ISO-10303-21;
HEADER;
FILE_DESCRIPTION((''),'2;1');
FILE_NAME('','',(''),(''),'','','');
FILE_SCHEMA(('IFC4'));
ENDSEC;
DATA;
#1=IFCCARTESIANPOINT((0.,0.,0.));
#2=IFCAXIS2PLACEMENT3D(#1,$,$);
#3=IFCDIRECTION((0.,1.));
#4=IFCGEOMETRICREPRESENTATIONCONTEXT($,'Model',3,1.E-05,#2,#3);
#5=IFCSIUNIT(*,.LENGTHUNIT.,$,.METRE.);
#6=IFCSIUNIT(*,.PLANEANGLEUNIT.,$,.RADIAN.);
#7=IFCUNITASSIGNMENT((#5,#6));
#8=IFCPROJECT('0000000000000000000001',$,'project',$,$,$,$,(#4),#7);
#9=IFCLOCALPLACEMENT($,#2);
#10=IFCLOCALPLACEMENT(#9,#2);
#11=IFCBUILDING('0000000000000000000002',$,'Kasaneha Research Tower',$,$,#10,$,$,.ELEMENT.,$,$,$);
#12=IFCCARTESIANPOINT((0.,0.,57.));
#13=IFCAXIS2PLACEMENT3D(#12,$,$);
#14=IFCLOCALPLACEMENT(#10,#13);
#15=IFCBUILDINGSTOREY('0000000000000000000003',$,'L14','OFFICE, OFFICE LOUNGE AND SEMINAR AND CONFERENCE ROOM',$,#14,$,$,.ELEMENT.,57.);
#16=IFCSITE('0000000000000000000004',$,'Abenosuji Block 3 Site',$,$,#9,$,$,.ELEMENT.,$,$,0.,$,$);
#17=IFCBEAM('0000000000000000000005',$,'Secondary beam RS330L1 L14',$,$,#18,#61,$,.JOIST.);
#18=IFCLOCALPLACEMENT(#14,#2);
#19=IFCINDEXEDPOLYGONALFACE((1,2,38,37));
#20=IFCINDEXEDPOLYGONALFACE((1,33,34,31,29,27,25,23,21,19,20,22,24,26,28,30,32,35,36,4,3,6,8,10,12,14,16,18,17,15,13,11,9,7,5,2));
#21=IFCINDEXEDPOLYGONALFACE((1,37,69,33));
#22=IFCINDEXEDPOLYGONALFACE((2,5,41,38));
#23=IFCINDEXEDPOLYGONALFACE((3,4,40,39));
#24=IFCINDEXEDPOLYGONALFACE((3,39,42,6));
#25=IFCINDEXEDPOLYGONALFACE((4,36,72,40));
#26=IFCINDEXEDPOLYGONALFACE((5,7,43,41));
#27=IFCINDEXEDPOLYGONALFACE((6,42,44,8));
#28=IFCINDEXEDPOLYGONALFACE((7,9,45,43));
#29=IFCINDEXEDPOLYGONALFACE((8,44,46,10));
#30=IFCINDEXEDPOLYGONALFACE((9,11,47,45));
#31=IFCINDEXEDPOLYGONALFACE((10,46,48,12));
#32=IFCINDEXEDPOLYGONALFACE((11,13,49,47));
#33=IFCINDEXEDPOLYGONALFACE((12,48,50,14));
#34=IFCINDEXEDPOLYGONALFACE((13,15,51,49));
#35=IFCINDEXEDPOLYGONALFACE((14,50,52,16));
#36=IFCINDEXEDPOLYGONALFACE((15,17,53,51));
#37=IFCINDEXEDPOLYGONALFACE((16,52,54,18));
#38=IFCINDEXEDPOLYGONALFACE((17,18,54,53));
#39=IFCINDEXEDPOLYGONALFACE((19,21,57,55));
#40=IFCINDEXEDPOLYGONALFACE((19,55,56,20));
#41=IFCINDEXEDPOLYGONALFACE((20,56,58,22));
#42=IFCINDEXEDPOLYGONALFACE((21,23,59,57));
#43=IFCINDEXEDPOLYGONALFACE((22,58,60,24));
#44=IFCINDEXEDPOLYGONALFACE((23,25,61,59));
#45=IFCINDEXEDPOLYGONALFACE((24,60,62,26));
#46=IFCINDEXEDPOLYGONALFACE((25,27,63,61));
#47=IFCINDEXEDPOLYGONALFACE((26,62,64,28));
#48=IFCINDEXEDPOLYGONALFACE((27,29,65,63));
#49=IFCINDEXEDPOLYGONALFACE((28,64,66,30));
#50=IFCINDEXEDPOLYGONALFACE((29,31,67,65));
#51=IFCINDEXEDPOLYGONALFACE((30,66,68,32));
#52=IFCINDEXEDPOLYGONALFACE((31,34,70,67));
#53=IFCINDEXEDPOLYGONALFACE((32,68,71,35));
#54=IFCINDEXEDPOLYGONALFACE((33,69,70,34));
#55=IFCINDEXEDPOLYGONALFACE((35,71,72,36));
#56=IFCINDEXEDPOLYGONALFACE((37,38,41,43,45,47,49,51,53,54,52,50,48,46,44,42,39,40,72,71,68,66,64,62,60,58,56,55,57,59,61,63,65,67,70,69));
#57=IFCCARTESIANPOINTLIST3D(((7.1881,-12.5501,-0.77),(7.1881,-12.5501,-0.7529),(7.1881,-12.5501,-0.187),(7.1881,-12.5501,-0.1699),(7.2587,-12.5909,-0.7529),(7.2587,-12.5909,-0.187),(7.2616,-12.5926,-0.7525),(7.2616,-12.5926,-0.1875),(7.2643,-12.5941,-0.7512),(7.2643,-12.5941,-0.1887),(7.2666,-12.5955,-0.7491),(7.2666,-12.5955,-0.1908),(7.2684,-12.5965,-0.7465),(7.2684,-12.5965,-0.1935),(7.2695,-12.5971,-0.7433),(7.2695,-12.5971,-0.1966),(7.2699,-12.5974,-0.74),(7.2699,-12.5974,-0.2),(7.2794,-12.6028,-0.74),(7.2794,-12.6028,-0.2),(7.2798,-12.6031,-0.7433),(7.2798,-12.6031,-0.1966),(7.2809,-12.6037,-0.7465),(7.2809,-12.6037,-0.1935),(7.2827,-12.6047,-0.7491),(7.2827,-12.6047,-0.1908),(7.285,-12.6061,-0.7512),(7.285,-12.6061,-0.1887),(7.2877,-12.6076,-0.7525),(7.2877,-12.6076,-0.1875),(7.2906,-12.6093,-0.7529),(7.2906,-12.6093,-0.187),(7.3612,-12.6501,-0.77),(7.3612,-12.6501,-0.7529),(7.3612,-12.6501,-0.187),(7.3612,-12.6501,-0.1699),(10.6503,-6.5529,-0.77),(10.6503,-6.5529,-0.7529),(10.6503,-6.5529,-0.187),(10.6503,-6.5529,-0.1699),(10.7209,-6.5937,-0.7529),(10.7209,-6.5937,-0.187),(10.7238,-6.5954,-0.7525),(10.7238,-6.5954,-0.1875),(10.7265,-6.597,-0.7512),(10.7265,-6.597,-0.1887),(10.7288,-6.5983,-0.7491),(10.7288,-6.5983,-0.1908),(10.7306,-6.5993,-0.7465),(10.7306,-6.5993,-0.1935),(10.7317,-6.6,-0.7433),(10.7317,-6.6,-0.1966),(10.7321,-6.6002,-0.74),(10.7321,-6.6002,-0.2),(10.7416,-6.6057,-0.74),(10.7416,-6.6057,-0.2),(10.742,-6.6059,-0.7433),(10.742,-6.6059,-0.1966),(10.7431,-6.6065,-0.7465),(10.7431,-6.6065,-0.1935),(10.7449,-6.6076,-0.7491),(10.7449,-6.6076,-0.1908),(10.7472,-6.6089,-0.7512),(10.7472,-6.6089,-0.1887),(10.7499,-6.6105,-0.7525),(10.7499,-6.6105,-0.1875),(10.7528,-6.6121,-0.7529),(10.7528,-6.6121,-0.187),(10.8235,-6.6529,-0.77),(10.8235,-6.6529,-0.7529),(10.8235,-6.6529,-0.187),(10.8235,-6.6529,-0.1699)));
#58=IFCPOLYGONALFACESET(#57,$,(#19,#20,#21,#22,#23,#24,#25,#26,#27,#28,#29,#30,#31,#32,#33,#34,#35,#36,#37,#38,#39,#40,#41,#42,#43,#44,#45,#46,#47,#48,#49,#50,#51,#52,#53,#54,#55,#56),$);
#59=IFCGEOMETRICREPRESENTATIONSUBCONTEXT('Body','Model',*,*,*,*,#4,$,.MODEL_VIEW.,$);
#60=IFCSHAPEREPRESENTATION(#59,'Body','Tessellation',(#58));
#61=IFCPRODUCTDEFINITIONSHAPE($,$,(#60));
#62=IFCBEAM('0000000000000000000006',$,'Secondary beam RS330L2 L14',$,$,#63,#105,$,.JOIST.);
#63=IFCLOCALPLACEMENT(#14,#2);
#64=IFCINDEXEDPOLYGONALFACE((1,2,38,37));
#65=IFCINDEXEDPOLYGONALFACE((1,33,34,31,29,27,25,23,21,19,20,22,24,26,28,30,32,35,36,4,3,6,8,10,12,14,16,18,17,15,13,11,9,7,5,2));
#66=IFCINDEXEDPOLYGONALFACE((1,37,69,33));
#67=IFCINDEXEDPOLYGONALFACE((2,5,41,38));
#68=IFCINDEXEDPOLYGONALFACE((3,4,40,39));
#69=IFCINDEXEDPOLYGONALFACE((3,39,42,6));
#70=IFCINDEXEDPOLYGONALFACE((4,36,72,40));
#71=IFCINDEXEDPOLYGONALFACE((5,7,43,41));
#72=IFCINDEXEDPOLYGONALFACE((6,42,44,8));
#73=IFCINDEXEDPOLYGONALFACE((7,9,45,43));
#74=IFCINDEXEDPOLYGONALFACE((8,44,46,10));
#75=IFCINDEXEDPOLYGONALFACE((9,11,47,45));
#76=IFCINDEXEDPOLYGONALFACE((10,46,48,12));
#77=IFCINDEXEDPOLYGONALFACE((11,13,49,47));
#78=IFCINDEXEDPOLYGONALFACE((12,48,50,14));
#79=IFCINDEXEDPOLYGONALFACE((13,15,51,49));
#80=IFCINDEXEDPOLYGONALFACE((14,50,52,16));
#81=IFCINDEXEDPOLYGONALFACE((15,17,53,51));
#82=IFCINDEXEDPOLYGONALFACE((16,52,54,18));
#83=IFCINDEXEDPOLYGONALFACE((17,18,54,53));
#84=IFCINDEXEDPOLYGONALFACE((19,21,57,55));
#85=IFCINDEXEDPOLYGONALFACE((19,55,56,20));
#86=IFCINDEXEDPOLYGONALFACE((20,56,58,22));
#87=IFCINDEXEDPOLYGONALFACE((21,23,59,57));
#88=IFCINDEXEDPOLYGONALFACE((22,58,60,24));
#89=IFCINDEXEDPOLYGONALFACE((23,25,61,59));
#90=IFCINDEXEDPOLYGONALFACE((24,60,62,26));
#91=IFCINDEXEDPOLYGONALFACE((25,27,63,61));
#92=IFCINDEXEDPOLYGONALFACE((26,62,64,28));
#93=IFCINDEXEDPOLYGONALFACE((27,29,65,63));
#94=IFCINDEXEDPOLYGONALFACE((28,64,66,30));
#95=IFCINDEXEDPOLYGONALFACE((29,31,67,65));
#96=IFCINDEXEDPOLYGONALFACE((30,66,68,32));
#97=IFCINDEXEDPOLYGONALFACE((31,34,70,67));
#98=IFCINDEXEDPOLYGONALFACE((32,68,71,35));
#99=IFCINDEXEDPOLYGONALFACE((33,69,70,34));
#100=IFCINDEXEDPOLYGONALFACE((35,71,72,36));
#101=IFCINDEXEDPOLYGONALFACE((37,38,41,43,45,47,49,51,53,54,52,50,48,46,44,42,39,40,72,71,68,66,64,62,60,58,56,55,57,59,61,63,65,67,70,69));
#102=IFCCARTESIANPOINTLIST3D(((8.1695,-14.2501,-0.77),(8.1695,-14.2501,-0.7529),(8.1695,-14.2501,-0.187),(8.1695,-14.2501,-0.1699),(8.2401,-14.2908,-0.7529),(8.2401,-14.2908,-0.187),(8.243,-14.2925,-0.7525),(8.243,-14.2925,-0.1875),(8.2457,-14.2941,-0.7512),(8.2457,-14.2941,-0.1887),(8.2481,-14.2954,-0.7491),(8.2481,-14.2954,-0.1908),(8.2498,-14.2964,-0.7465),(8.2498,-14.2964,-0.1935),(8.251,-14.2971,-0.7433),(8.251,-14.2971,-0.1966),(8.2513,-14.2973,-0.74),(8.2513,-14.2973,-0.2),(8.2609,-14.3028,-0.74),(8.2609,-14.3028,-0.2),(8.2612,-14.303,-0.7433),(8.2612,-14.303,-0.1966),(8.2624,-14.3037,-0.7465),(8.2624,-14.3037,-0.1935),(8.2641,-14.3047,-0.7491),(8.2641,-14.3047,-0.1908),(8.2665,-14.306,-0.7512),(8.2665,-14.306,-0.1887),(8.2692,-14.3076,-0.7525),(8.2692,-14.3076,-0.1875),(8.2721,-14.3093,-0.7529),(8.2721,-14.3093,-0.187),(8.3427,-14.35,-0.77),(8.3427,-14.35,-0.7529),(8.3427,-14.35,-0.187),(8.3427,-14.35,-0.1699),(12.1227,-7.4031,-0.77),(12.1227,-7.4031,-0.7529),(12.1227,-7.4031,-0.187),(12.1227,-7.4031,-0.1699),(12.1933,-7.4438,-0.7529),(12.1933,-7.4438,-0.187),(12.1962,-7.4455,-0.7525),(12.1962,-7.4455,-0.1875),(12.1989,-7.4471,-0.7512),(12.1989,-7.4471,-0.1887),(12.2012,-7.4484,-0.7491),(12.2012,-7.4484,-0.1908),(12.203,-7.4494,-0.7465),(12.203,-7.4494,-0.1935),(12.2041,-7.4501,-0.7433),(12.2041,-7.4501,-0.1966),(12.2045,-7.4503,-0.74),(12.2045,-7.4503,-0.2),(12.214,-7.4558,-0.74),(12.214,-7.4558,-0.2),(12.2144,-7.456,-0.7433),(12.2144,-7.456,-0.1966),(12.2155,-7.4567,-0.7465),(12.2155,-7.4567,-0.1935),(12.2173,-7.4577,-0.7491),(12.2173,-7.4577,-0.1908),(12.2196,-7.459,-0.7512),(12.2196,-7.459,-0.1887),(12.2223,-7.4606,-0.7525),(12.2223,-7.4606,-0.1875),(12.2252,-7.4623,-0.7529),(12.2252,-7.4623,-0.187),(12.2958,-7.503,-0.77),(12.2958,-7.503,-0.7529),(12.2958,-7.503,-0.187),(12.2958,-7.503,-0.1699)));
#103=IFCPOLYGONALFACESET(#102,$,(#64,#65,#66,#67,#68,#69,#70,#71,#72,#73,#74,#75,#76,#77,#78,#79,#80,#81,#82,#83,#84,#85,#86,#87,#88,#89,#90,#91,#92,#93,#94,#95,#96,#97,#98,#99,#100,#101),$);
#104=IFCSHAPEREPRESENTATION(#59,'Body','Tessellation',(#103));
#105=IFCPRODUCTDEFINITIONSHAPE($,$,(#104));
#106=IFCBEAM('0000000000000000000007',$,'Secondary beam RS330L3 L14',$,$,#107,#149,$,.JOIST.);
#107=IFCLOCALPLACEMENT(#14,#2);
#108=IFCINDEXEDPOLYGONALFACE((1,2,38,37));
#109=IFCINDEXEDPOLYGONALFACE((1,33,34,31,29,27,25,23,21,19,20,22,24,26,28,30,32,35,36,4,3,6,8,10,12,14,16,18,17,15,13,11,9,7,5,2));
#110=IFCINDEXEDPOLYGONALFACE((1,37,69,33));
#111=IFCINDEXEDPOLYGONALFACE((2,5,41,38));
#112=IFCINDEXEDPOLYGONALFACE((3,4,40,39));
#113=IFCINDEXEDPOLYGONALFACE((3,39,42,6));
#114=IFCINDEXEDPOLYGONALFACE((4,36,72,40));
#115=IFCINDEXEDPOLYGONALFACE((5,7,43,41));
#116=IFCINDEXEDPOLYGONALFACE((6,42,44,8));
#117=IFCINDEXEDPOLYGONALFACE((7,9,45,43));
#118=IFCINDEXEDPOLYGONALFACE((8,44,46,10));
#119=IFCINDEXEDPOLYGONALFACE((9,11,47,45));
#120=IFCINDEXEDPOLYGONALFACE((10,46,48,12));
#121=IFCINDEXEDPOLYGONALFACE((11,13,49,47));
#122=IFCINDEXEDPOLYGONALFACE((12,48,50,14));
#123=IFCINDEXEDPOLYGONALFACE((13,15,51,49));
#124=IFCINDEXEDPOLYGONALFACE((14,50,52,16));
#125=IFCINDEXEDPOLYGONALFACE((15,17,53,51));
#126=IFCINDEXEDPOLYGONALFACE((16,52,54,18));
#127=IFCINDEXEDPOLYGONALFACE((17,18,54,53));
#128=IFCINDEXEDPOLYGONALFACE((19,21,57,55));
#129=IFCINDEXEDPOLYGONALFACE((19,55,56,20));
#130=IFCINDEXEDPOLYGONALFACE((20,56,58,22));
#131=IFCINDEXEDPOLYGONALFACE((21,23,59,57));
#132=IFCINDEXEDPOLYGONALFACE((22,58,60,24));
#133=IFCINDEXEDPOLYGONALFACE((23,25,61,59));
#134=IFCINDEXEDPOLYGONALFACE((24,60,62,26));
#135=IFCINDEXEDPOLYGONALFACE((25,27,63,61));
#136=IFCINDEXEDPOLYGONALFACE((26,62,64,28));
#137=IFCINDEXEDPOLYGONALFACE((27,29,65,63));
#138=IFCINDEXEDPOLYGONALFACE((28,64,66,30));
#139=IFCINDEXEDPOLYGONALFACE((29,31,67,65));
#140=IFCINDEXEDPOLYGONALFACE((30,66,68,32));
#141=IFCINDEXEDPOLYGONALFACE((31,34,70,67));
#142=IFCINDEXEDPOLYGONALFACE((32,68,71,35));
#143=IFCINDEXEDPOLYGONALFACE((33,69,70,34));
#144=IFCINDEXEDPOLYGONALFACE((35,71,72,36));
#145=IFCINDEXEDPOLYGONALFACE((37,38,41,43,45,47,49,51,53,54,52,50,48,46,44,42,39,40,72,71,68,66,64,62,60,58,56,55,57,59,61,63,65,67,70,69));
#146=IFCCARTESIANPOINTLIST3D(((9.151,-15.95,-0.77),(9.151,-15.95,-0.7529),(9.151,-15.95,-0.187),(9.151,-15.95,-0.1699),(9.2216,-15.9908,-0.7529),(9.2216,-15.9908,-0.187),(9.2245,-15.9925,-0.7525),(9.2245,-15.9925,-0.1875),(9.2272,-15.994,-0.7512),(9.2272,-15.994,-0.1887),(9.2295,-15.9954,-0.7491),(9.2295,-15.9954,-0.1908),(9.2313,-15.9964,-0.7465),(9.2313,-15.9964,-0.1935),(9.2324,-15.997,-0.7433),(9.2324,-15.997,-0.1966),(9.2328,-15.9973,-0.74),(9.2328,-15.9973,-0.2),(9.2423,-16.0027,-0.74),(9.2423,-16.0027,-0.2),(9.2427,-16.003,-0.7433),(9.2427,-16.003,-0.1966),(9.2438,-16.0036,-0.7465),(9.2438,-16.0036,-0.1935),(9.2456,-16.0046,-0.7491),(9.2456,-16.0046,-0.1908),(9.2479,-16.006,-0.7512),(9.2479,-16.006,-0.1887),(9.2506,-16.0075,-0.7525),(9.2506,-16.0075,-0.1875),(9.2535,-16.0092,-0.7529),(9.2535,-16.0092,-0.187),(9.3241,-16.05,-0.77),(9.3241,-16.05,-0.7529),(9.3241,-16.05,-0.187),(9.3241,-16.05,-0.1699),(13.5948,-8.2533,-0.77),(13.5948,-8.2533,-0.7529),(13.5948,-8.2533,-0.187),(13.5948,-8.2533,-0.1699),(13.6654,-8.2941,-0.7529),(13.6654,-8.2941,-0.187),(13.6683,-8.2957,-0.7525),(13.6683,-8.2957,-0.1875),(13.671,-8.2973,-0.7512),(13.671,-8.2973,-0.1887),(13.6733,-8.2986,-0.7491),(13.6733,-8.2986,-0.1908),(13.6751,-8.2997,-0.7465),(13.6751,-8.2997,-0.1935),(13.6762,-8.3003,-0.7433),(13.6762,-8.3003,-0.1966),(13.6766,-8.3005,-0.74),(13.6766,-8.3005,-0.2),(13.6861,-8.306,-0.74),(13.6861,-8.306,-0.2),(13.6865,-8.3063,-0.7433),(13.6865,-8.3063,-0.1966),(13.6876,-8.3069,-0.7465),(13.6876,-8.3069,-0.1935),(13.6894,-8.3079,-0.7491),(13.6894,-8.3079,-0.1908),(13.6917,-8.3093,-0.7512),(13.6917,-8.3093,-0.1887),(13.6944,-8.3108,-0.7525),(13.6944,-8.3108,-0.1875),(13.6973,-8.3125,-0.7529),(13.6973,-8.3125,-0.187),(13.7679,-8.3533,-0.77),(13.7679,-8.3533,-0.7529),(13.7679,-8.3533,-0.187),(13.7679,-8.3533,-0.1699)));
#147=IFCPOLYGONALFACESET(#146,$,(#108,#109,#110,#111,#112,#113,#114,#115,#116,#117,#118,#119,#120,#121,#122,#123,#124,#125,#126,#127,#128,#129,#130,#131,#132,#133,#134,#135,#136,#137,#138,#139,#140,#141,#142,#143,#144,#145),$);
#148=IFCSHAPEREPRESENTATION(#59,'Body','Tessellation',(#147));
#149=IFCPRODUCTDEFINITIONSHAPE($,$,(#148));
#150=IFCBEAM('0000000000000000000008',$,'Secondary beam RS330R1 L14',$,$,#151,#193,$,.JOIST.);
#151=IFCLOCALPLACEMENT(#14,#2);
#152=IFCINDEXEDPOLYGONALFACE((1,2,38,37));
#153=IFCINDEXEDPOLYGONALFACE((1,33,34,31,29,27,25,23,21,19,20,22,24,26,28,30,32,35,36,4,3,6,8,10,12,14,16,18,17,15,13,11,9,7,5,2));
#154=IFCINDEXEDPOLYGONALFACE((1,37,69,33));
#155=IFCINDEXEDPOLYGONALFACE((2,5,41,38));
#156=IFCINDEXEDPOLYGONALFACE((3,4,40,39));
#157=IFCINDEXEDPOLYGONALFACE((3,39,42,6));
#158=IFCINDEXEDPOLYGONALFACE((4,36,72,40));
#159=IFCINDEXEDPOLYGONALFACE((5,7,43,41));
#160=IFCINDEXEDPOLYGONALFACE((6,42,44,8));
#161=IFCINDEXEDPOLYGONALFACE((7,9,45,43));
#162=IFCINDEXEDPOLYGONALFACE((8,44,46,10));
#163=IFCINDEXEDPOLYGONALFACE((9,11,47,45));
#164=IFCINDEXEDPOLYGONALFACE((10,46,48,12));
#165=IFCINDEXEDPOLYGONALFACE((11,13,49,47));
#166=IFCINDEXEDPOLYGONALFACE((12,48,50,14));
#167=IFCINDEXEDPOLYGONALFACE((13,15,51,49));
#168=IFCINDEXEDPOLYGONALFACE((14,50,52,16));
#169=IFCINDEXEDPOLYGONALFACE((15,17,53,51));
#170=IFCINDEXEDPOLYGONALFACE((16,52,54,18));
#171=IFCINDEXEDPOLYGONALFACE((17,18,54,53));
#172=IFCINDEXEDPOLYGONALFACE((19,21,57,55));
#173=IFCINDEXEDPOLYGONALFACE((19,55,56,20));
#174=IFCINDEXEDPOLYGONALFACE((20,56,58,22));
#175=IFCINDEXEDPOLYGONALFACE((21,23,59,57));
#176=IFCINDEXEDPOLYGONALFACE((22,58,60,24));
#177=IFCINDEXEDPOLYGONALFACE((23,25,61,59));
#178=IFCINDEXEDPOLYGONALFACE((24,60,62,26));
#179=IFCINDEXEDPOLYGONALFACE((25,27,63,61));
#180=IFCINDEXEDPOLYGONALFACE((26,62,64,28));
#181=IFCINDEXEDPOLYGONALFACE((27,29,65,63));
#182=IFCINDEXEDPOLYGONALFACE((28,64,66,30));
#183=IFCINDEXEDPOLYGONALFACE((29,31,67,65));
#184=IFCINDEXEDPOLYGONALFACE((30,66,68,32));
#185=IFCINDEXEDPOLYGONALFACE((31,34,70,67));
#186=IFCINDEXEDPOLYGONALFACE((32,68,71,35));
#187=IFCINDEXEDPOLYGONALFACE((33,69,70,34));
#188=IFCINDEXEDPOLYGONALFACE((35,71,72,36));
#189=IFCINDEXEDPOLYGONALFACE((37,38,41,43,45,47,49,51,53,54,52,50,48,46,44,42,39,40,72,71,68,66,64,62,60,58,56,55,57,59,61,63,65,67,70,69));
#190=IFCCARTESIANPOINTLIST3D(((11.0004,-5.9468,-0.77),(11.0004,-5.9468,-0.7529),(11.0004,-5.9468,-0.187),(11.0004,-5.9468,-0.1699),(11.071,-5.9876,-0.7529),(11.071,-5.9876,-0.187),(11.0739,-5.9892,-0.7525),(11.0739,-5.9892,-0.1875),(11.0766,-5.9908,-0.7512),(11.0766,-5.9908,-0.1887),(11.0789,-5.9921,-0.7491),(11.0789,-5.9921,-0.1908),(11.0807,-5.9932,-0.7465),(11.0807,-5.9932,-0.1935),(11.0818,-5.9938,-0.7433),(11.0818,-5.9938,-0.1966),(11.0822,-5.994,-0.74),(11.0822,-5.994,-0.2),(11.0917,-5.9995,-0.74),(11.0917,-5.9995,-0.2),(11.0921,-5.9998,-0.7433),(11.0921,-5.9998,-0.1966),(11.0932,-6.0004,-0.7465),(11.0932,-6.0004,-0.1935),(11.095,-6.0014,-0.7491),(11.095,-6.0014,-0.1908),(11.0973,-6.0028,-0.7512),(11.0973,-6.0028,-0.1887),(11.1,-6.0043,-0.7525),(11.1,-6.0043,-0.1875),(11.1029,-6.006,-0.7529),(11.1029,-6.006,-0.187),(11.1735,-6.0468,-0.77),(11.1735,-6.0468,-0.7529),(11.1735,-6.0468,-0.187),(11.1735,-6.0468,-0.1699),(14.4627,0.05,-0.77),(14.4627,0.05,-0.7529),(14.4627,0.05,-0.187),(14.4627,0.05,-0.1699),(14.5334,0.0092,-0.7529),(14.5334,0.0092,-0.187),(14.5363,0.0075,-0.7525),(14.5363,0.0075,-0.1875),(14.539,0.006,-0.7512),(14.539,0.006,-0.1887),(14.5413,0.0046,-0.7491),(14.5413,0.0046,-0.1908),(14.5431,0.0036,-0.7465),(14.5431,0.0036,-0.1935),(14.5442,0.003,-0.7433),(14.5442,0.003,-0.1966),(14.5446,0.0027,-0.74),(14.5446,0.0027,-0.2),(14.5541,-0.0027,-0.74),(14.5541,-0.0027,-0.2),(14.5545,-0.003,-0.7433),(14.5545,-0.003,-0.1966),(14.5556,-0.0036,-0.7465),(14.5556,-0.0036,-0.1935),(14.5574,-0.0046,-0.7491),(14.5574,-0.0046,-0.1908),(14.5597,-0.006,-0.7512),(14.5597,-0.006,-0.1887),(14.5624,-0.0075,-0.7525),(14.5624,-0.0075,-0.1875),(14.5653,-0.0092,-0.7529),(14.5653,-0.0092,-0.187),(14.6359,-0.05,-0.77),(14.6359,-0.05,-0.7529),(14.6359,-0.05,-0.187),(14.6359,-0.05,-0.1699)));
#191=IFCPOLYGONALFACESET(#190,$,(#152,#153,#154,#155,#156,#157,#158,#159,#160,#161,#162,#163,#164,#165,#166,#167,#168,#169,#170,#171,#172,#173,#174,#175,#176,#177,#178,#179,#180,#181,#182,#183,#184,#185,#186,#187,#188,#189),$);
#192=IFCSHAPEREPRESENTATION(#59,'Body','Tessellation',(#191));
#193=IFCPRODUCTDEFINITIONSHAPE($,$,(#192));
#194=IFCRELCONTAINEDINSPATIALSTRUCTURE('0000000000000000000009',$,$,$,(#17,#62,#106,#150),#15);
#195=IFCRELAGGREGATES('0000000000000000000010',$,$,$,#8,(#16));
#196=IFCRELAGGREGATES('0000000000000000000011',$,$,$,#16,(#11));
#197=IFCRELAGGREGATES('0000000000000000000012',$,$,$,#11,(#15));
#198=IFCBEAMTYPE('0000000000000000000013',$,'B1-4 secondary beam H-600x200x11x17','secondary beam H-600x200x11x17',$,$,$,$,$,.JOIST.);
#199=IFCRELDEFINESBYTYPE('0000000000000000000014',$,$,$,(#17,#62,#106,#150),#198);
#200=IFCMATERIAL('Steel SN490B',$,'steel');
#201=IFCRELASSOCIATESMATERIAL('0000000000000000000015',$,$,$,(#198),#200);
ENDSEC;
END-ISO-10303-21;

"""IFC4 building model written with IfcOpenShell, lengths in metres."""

from ifc_helpers import new_model, si_unit, direction, frame, origin, origin_2d, place, context, subcontext, project, spatial, i_section, extrude, material, material_profile, profile_set, type_object, element, save


model = new_model("IFC4")

# Units and contexts
model_context = context("Model", 3, precision=1e-05, world=origin(), true_north=direction((0.0, 1.0)))
body_context = subcontext(model_context, "Body", "Model", "MODEL_VIEW")
ifc_project = project(units=[si_unit("LENGTHUNIT", "METRE"), si_unit("PLANEANGLEUNIT", "RADIAN")], contexts=[model_context])

# Site, building, storey
site_placement = place(None, origin())
site = spatial("IfcSite", under=ifc_project, at=site_placement, Name="Abenosuji Block 3 Site", CompositionType="ELEMENT", RefElevation=0.0)
building_placement = place(site_placement, origin())
building = spatial("IfcBuilding", under=site, at=building_placement, Name="Kasaneha Research Tower", CompositionType="ELEMENT")
storey_placement = place(building_placement, frame((0.0, 0.0, 57.0)))
storey = spatial("IfcBuildingStorey", under=building, at=storey_placement, Name="L14", Description="OFFICE, OFFICE LOUNGE AND SEMINAR AND CONFERENCE ROOM", CompositionType="ELEMENT", Elevation=57.0)

# Beams
ifc_material_1 = material(Name="Steel SN490B", Category="steel")
ifc_material_profile_1 = material_profile(ifc_material_1, i_section(OverallWidth=0.2, OverallDepth=0.6001, WebThickness=0.011, FlangeThickness=0.0171, FilletRadius=0.0129, at=origin_2d()), Name="H-600x200x11x17")
ifc_profile_set_1 = profile_set([ifc_material_profile_1], Name="Steel SN490B")
beam_type_1 = type_object("IfcBeamType", Name="B1-4 secondary beam H-600x200x11x17", Description="secondary beam H-600x200x11x17", PredefinedType="JOIST", material=ifc_profile_set_1)
beam_1_placement = place(storey_placement, frame((7.2747, -12.6001, -0.47), z_axis=(0.499973, 0.866041, 0.0), x_axis=(-0.866041, 0.499973, 0.0)))
element("IfcBeam", 1, at=beam_1_placement, inside=storey, type_object=beam_type_1, Name="Secondary beam RS330L1 L14", PredefinedType="JOIST", context=body_context, shape_type="SweptSolid", body=[
    extrude(i_section(OverallWidth=0.2, OverallDepth=0.6001, WebThickness=0.011, FlangeThickness=0.0171, FilletRadius=0.0129, at=origin_2d()), origin(), (0.0, 0.0, 1.0), 6.9248),
])
beam_2_placement = place(storey_placement, frame((8.2561, -14.3, -0.47), z_axis=(0.500005, 0.866023, 0.0), x_axis=(-0.866023, 0.500005, 0.0)))
element("IfcBeam", 2, at=beam_2_placement, inside=storey, type_object=beam_type_1, Name="Secondary beam RS330L2 L14", PredefinedType="JOIST", context=body_context, shape_type="SweptSolid", body=[
    extrude(i_section(OverallWidth=0.2, OverallDepth=0.6001, WebThickness=0.011, FlangeThickness=0.0171, FilletRadius=0.0129, at=origin_2d()), origin(), (0.0, 0.0, 1.0), 7.9062),
])
beam_3_placement = place(storey_placement, frame((9.2375, -16.0, -0.47), z_axis=(0.500009, 0.86602, 0.0), x_axis=(-0.86602, 0.500009, 0.0)))
element("IfcBeam", 3, at=beam_3_placement, inside=storey, type_object=beam_type_1, Name="Secondary beam RS330L3 L14", PredefinedType="JOIST", context=body_context, shape_type="SweptSolid", body=[
    extrude(i_section(OverallWidth=0.2, OverallDepth=0.6001, WebThickness=0.011, FlangeThickness=0.0171, FilletRadius=0.0129, at=origin_2d()), origin(), (0.0, 0.0, 1.0), 8.8875),
])
beam_4_placement = place(storey_placement, frame((14.5493, 0.0, -0.47), z_axis=(-0.500014, -0.866017, 0.0), x_axis=(0.866017, -0.500014, 0.0)))
element("IfcBeam", 4, at=beam_4_placement, inside=storey, type_object=beam_type_1, Name="Secondary beam RS330R1 L14", PredefinedType="JOIST", context=body_context, shape_type="SweptSolid", body=[
    extrude(i_section(OverallWidth=0.2, OverallDepth=0.6001, WebThickness=0.011, FlangeThickness=0.0171, FilletRadius=0.0129, at=origin_2d()), origin(), (0.0, 0.0, 1.0), 6.9246),
])

save(model, "model.ifc")
